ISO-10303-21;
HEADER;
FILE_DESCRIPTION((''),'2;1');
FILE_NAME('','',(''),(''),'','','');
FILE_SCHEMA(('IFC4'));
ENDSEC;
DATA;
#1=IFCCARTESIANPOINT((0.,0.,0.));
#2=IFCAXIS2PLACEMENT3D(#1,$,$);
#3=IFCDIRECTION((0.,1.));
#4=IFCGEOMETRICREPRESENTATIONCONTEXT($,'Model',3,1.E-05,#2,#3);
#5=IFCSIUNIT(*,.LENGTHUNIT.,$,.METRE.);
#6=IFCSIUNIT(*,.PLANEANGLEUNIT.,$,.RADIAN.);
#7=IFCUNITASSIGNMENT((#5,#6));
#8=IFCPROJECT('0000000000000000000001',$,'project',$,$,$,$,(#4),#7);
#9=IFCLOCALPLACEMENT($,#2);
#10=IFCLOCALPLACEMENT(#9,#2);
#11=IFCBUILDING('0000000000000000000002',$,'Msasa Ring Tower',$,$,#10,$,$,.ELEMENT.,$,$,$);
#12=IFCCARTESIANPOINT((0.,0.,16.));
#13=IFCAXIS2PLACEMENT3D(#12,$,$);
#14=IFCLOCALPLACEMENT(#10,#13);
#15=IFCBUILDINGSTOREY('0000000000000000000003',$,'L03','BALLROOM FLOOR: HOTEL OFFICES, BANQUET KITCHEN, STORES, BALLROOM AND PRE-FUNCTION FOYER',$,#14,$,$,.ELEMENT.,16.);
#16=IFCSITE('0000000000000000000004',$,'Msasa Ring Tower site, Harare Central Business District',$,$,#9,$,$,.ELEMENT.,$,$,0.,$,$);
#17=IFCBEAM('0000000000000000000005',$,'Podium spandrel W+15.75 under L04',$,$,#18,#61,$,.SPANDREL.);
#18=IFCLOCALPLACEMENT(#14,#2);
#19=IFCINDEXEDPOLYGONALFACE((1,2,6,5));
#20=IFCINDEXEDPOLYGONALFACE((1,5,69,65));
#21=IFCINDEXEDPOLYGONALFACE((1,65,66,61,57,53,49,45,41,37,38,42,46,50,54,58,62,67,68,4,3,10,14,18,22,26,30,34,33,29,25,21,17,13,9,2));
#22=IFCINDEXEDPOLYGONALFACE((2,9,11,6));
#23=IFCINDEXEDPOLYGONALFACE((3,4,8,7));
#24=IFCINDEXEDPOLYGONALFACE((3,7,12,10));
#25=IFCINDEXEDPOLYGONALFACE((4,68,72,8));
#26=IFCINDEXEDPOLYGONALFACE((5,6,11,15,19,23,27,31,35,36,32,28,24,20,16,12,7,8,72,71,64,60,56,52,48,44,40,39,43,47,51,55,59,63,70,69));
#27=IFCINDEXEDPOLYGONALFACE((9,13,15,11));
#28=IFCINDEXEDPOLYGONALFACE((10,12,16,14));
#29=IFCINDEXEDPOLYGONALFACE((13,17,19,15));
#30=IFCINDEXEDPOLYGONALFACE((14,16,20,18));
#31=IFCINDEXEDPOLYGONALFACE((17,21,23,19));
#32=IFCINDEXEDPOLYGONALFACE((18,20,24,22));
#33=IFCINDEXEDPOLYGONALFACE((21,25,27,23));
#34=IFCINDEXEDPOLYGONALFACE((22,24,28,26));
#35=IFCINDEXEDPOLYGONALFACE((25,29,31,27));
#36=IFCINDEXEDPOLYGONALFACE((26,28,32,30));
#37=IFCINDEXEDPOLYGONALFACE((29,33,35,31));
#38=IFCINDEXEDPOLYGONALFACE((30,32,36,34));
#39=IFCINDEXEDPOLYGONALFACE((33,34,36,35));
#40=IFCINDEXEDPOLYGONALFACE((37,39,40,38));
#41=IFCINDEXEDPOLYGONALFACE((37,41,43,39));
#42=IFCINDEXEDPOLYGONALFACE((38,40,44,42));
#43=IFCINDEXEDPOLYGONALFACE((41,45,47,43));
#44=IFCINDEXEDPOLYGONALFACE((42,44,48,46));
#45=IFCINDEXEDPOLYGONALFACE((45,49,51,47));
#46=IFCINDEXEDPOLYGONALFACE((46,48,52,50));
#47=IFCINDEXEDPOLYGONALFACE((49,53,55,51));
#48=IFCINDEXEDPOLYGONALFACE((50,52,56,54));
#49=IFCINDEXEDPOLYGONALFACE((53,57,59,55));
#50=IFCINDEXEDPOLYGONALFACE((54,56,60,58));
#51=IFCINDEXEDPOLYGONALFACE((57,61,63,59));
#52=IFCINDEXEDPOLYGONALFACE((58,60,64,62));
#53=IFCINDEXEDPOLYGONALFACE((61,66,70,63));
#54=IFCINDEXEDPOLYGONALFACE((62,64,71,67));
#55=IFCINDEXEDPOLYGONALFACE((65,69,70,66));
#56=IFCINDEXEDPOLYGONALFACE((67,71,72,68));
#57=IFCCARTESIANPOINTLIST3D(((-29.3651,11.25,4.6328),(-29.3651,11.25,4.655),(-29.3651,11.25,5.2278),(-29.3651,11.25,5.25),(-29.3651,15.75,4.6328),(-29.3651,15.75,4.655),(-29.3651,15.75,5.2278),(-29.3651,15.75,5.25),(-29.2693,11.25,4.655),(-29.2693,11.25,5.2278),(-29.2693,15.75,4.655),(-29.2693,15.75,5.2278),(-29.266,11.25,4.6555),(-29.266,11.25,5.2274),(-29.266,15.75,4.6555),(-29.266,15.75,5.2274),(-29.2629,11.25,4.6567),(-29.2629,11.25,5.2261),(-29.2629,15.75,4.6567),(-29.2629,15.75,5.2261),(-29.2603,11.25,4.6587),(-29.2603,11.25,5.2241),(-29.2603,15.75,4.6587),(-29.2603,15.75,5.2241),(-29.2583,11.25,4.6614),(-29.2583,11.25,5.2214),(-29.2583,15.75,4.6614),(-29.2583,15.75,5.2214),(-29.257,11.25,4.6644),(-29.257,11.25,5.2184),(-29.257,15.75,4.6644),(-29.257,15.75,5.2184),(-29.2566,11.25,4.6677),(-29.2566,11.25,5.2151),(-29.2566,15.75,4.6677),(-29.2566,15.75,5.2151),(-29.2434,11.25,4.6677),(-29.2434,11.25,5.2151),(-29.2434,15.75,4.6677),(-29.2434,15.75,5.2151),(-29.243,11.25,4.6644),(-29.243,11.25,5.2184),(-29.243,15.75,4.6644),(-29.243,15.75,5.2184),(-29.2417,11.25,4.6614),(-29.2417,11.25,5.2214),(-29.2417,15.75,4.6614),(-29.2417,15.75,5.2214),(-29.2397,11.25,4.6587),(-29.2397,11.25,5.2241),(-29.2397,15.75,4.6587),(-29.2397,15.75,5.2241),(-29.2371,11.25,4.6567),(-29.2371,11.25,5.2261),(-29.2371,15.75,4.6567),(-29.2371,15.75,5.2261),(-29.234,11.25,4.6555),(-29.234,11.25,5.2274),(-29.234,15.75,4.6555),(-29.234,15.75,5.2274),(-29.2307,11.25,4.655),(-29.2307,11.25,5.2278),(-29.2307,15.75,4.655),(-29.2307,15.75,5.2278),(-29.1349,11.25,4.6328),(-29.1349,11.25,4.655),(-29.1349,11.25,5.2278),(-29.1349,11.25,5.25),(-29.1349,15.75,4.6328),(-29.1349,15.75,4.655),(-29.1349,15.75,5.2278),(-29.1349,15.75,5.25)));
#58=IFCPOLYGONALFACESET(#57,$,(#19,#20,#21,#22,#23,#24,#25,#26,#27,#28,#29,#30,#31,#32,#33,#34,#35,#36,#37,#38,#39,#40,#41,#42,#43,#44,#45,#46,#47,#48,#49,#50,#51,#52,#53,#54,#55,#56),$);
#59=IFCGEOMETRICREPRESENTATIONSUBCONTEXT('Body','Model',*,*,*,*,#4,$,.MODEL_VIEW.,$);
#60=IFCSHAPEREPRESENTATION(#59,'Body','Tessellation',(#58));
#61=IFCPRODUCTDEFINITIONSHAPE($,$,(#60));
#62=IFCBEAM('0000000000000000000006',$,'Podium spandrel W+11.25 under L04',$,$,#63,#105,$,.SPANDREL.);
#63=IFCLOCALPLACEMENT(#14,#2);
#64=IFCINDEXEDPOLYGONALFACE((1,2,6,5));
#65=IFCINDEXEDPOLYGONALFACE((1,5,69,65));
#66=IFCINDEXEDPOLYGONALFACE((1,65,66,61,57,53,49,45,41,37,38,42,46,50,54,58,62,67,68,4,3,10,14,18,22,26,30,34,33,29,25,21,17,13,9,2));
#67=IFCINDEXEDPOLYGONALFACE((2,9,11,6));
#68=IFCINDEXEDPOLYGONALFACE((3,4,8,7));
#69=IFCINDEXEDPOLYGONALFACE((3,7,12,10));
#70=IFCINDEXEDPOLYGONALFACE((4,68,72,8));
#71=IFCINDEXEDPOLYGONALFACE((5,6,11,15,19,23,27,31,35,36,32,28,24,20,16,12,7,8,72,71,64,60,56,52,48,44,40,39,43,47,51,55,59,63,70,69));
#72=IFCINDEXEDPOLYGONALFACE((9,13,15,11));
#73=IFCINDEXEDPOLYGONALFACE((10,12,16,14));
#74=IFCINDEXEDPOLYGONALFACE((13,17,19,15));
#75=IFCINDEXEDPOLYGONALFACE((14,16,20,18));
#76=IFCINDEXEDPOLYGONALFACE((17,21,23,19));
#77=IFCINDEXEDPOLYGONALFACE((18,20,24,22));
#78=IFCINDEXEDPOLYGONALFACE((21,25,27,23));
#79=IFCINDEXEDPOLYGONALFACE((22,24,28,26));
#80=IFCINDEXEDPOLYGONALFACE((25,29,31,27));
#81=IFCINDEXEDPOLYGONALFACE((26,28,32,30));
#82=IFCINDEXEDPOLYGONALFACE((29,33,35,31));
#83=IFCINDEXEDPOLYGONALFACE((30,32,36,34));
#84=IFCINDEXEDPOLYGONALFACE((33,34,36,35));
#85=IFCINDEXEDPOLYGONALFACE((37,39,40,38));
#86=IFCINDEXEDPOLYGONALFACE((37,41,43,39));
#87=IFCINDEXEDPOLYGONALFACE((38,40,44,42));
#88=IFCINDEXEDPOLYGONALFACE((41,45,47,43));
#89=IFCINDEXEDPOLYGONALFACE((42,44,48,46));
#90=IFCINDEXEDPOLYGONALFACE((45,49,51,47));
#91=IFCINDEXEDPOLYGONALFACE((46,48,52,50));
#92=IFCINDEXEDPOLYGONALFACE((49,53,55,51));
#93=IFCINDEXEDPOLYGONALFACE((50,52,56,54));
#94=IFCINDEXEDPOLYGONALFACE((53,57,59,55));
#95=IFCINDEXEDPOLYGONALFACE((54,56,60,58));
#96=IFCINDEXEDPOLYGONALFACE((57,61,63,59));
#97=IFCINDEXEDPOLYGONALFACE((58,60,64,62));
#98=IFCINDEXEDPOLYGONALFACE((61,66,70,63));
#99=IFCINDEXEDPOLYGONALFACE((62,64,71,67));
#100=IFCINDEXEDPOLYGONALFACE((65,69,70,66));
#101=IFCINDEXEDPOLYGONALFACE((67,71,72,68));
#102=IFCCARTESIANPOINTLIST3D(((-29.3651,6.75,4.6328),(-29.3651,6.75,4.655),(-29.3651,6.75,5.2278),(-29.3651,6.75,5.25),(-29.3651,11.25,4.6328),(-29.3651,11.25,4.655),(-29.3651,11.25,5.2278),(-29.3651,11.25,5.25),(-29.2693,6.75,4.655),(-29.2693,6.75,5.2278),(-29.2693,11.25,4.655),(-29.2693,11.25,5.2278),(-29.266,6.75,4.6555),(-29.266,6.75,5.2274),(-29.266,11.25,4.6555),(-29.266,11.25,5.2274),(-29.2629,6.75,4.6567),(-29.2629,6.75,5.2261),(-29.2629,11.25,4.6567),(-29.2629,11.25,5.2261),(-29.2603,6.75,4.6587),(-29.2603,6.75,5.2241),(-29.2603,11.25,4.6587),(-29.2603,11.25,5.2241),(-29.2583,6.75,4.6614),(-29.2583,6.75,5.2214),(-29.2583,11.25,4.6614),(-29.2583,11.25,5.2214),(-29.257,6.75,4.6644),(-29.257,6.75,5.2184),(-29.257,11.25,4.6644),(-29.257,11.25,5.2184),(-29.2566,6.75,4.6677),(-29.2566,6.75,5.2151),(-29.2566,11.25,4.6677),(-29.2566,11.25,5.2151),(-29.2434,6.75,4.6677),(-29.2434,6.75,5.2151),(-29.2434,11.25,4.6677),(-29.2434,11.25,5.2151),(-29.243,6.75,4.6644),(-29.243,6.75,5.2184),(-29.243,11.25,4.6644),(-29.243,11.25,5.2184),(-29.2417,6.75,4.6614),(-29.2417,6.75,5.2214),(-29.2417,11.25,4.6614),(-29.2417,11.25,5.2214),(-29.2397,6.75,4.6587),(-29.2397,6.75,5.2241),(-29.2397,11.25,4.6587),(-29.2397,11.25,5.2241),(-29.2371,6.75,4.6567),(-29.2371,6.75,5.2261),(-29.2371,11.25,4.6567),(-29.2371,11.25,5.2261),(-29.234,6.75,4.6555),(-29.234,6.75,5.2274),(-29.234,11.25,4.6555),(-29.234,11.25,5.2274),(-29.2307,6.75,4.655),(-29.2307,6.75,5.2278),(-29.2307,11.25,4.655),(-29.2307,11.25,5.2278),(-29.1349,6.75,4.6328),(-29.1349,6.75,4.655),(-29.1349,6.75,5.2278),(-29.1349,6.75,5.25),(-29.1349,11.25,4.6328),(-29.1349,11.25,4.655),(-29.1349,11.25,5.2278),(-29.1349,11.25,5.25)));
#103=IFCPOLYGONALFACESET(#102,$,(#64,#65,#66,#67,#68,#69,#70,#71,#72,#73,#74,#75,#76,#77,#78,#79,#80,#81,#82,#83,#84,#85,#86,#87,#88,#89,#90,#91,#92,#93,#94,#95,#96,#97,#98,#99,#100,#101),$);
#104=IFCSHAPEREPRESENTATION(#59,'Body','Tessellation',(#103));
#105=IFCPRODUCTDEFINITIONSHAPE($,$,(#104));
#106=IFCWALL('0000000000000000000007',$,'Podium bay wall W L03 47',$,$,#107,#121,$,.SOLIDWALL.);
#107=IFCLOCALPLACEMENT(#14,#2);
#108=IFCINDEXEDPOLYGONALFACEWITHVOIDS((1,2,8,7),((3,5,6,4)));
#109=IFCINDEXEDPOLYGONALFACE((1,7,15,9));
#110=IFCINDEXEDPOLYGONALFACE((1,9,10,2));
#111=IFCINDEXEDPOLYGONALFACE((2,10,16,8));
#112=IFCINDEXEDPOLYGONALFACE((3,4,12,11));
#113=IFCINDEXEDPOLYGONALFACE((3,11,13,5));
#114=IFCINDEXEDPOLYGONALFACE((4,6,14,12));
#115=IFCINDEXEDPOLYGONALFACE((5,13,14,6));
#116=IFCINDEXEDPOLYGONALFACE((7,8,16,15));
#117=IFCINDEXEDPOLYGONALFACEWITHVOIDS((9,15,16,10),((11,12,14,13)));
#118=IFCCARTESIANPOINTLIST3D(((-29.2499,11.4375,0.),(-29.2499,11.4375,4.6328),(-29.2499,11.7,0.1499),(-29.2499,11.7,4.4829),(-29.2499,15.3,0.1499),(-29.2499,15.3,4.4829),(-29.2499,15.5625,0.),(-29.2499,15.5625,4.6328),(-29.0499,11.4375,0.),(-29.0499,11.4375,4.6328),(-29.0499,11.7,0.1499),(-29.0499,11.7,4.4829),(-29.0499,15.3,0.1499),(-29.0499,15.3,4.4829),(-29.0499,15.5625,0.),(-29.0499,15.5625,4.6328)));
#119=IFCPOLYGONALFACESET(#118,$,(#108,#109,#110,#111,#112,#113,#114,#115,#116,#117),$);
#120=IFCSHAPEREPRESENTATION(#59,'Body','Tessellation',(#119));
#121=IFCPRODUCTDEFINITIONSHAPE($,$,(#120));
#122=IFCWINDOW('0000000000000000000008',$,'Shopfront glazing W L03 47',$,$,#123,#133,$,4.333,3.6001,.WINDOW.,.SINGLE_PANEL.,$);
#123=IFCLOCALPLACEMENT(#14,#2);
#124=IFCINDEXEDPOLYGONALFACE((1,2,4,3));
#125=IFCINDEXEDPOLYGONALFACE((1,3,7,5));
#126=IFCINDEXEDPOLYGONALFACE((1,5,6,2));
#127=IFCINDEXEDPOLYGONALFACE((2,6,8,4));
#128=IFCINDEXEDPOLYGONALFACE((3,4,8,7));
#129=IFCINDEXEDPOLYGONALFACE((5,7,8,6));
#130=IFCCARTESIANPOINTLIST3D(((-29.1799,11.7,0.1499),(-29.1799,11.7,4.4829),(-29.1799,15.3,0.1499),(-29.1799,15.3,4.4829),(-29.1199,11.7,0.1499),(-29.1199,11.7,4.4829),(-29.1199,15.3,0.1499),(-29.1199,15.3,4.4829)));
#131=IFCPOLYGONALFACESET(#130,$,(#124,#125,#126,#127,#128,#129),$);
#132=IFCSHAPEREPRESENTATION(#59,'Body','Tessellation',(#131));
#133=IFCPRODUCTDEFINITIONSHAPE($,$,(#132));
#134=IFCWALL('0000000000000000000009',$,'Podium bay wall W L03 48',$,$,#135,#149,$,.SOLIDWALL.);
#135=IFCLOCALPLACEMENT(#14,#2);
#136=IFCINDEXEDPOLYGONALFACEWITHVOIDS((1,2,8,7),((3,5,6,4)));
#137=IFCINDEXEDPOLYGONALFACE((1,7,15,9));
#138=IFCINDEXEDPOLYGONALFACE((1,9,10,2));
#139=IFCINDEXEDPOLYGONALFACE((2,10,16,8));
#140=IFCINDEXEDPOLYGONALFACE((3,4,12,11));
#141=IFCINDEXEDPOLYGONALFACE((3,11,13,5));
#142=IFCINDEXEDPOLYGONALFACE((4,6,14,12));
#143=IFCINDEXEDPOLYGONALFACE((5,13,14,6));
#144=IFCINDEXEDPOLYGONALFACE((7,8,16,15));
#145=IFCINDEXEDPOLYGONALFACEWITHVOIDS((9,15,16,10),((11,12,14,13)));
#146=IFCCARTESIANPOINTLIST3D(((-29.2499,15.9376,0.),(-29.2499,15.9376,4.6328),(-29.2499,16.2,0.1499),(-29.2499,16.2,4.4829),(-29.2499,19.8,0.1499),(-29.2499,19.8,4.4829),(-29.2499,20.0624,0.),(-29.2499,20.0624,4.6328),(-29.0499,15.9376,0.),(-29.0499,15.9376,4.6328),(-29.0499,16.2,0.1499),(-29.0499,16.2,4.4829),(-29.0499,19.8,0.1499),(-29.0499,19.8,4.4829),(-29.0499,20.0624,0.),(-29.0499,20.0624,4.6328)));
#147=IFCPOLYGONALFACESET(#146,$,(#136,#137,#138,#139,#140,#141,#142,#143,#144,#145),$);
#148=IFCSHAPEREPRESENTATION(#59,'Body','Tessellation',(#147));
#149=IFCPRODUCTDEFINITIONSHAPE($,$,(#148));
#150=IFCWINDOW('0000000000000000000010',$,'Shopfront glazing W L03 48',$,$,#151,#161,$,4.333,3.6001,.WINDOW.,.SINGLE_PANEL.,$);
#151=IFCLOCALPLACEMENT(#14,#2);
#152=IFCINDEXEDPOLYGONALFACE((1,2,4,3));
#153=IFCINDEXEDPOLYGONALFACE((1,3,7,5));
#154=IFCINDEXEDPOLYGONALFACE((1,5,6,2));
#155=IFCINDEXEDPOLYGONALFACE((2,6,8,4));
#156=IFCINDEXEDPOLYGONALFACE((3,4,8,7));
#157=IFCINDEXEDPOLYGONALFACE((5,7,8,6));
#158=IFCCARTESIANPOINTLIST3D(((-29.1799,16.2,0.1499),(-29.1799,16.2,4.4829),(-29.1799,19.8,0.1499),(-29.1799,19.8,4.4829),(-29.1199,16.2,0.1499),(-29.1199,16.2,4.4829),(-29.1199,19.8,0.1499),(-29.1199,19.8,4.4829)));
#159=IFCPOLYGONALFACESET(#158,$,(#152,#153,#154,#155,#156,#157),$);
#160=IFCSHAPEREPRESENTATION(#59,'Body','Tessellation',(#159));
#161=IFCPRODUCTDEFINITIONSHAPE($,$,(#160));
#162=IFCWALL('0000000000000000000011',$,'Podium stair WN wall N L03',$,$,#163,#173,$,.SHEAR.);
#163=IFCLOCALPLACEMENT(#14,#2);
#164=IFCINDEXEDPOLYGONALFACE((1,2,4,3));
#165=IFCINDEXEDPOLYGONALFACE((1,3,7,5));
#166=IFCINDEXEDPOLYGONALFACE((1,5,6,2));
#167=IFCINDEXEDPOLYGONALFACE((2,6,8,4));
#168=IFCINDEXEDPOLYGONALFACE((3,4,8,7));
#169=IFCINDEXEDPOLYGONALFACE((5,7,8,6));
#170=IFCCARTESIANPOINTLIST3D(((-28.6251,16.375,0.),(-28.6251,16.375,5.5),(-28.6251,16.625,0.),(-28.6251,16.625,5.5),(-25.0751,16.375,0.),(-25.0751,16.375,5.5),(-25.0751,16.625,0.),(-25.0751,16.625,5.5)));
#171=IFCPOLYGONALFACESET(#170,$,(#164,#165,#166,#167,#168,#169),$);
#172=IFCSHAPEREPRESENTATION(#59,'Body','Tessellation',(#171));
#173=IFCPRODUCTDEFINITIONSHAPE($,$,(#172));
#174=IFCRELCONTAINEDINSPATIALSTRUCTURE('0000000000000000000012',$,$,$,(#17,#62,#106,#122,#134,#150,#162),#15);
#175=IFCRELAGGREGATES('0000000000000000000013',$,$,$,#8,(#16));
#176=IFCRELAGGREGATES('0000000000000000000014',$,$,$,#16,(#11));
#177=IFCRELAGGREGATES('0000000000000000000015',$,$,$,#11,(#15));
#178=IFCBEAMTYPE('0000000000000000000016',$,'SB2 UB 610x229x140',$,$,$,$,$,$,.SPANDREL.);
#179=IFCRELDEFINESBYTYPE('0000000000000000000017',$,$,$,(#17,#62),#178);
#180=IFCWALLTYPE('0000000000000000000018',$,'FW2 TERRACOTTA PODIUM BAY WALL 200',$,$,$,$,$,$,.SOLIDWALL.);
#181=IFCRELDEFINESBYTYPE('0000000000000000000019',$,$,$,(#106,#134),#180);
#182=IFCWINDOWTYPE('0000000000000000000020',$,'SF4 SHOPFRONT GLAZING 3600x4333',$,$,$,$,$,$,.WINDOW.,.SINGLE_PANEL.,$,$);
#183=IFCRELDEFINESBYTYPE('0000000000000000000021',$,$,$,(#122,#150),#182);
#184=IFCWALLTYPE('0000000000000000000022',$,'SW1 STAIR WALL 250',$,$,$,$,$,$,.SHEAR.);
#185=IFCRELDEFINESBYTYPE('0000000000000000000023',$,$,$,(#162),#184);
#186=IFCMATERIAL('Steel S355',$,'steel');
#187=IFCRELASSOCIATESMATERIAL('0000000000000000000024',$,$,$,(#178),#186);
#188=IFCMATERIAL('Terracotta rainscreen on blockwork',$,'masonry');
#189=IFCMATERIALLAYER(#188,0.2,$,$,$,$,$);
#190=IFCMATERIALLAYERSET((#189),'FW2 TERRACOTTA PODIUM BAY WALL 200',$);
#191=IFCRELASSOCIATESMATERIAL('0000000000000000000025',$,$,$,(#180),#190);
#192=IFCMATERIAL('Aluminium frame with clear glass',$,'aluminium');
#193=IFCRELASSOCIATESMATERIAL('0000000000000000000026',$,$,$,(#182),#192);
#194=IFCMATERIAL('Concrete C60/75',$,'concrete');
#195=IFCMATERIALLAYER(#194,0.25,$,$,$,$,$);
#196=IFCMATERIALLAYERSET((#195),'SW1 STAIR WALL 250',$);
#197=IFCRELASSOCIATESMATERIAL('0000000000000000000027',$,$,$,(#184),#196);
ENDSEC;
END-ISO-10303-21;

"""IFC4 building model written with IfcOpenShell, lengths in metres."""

from ifc_helpers import new_model, si_unit, direction, frame, frame_2d, origin, origin_2d, place, context, subcontext, project, spatial, rectangle, i_section, extrude, material, layer, layer_set, material_profile, profile_set, type_object, element, fill, save


model = new_model("IFC4")

# Units and contexts
model_context = context("Model", 3, precision=1e-05, world=origin(), true_north=direction((0.0, 1.0)))
body_context = subcontext(model_context, "Body", "Model", "MODEL_VIEW")
ifc_project = project(units=[si_unit("LENGTHUNIT", "METRE"), si_unit("PLANEANGLEUNIT", "RADIAN")], contexts=[model_context])

# Site, building, storey
site_placement = place(None, origin())
site = spatial("IfcSite", under=ifc_project, at=site_placement, Name="Msasa Ring Tower site, Harare Central Business District", CompositionType="ELEMENT", RefElevation=0.0)
building_placement = place(site_placement, origin())
building = spatial("IfcBuilding", under=site, at=building_placement, Name="Msasa Ring Tower", CompositionType="ELEMENT")
storey_placement = place(building_placement, frame((0.0, 0.0, 16.0)))
storey = spatial("IfcBuildingStorey", under=building, at=storey_placement, Name="L03", Description="BALLROOM FLOOR: HOTEL OFFICES, BANQUET KITCHEN, STORES, BALLROOM AND PRE-FUNCTION FOYER", CompositionType="ELEMENT", Elevation=16.0)

# Beams
ifc_material_1 = material(Name="Steel S355", Category="steel")
ifc_material_profile_1 = material_profile(ifc_material_1, i_section(OverallWidth=0.2302, OverallDepth=0.6172, WebThickness=0.0132, FlangeThickness=0.0222, FilletRadius=0.0127, at=origin_2d()), Name="UB 610x229x140")
ifc_profile_set_1 = profile_set([ifc_material_profile_1], Name="Steel S355")
beam_type_1 = type_object("IfcBeamType", Name="SB2 UB 610x229x140", PredefinedType="SPANDREL", material=ifc_profile_set_1)
for number, where, z_axis, x_axis, name in (
    (1, (-29.25, 15.75, 4.9414), (0.0, -1.0, 0.0), (1.0, 0.0, 0.0), "Podium spandrel W+15.75 under L04"),
    (2, (-29.25, 11.25, 4.9414), (0.0, -1.0, 0.0), (1.0, 0.0, 0.0), "Podium spandrel W+11.25 under L04"),
):
    element("IfcBeam", number, at=place(storey_placement, frame(where, z_axis=z_axis, x_axis=x_axis)), inside=storey, type_object=beam_type_1, Name=name, PredefinedType="SPANDREL", context=body_context, shape_type="SweptSolid", body=[
        extrude(i_section(OverallWidth=0.2302, OverallDepth=0.6172, WebThickness=0.0132, FlangeThickness=0.0222, FilletRadius=0.0127, at=origin_2d()), origin(), (0.0, 0.0, 1.0), 4.5),
    ])

# Walls, openings, windows
ifc_material_2 = material(Name="Terracotta rainscreen on blockwork", Category="masonry")
ifc_layer_1 = layer(ifc_material_2, 0.2)
ifc_layer_set_1 = layer_set([ifc_layer_1], Name="FW2 TERRACOTTA PODIUM BAY WALL 200")
wall_type_1 = type_object("IfcWallType", Name="FW2 TERRACOTTA PODIUM BAY WALL 200", PredefinedType="SOLIDWALL", material=ifc_layer_set_1)
wall_1_placement = place(storey_placement, frame((-29.1499, 11.4375, 0.0), z_axis=(0.0, 0.0, 1.0), x_axis=(0.0, 1.0, 0.0)))
wall_1 = element("IfcWall", 3, at=wall_1_placement, inside=storey, type_object=wall_type_1, Name="Podium bay wall W L03 47", PredefinedType="SOLIDWALL", context=body_context, shape_type="SweptSolid", body=[
    extrude(rectangle(XDim=4.125, YDim=0.2, at=frame_2d((2.0625, 0.0))), origin(), (0.0, 0.0, 1.0), 4.6328),
])
opening_1_placement = place(wall_1_placement, frame((0.2625, 0.0, 0.1499)))
opening_1 = element("IfcOpeningElement", 4, at=opening_1_placement, cuts=wall_1, PredefinedType="OPENING", context=body_context, shape_type="SweptSolid", body=[
    extrude(rectangle(XDim=3.6001, YDim=4.333, at=frame_2d((1.8, 2.1665))), frame((0.0, 0.1099, 0.0), z_axis=(0.0, -1.0, 0.0), x_axis=(1.0, 0.0, 0.0)), (0.0, 0.0, 1.0), 0.22),
])
ifc_material_3 = material(Name="Aluminium frame with clear glass", Category="aluminium")
window_type = type_object("IfcWindowType", Name="SF4 SHOPFRONT GLAZING 3600x4333", PartitioningType="SINGLE_PANEL", PredefinedType="WINDOW", material=ifc_material_3)
window_1_placement = place(opening_1_placement, origin())
window_1 = element("IfcWindow", 5, at=window_1_placement, inside=storey, type_object=window_type, Name="Shopfront glazing W L03 47", OverallHeight=4.333, OverallWidth=3.6001, PartitioningType="SINGLE_PANEL", PredefinedType="WINDOW", context=body_context, shape_type="SweptSolid", body=[
    extrude(rectangle(XDim=3.6001, YDim=4.333, at=frame_2d((1.8, 2.1665))), frame((0.0, 0.03, 0.0), z_axis=(0.0, -1.0, 0.0), x_axis=(1.0, 0.0, 0.0)), (0.0, 0.0, 1.0), 0.0601),
])
fill(opening_1, window_1)
wall_2_placement = place(storey_placement, frame((-29.1499, 15.9375, 0.0), z_axis=(0.0, 0.0, 1.0), x_axis=(0.0, 1.0, 0.0)))
wall_2 = element("IfcWall", 6, at=wall_2_placement, inside=storey, type_object=wall_type_1, Name="Podium bay wall W L03 48", PredefinedType="SOLIDWALL", context=body_context, shape_type="SweptSolid", body=[
    extrude(rectangle(XDim=4.1248, YDim=0.2, at=frame_2d((2.0625, 0.0))), origin(), (0.0, 0.0, 1.0), 4.6328),
])
opening_2_placement = place(wall_2_placement, frame((0.2625, 0.0, 0.1499)))
opening_2 = element("IfcOpeningElement", 7, at=opening_2_placement, cuts=wall_2, PredefinedType="OPENING", context=body_context, shape_type="SweptSolid", body=[
    extrude(rectangle(XDim=3.6001, YDim=4.333, at=frame_2d((1.8, 2.1665))), frame((0.0, 0.1099, 0.0), z_axis=(0.0, -1.0, 0.0), x_axis=(1.0, 0.0, 0.0)), (0.0, 0.0, 1.0), 0.22),
])
window_2_placement = place(opening_2_placement, origin())
window_2 = element("IfcWindow", 8, at=window_2_placement, inside=storey, type_object=window_type, Name="Shopfront glazing W L03 48", OverallHeight=4.333, OverallWidth=3.6001, PartitioningType="SINGLE_PANEL", PredefinedType="WINDOW", context=body_context, shape_type="SweptSolid", body=[
    extrude(rectangle(XDim=3.6001, YDim=4.333, at=frame_2d((1.8, 2.1665))), frame((0.0, 0.03, 0.0), z_axis=(0.0, -1.0, 0.0), x_axis=(1.0, 0.0, 0.0)), (0.0, 0.0, 1.0), 0.0601),
])
fill(opening_2, window_2)

# Wall
ifc_material_4 = material(Name="Concrete C60/75", Category="concrete")
ifc_layer_2 = layer(ifc_material_4, 0.25)
ifc_layer_set_2 = layer_set([ifc_layer_2], Name="SW1 STAIR WALL 250")
wall_type_2 = type_object("IfcWallType", Name="SW1 STAIR WALL 250", PredefinedType="SHEAR", material=ifc_layer_set_2)
wall_3_placement = place(storey_placement, frame((-28.625, 16.5, 0.0), z_axis=(0.0, 0.0, 1.0), x_axis=(1.0, 0.0, 0.0)))
element("IfcWall", 9, at=wall_3_placement, inside=storey, type_object=wall_type_2, Name="Podium stair WN wall N L03", PredefinedType="SHEAR", context=body_context, shape_type="SweptSolid", body=[
    extrude(rectangle(XDim=3.55, YDim=0.25, at=frame_2d((1.7749, 0.0))), origin(), (0.0, 0.0, 1.0), 5.5),
])

save(model, "model.ifc")
